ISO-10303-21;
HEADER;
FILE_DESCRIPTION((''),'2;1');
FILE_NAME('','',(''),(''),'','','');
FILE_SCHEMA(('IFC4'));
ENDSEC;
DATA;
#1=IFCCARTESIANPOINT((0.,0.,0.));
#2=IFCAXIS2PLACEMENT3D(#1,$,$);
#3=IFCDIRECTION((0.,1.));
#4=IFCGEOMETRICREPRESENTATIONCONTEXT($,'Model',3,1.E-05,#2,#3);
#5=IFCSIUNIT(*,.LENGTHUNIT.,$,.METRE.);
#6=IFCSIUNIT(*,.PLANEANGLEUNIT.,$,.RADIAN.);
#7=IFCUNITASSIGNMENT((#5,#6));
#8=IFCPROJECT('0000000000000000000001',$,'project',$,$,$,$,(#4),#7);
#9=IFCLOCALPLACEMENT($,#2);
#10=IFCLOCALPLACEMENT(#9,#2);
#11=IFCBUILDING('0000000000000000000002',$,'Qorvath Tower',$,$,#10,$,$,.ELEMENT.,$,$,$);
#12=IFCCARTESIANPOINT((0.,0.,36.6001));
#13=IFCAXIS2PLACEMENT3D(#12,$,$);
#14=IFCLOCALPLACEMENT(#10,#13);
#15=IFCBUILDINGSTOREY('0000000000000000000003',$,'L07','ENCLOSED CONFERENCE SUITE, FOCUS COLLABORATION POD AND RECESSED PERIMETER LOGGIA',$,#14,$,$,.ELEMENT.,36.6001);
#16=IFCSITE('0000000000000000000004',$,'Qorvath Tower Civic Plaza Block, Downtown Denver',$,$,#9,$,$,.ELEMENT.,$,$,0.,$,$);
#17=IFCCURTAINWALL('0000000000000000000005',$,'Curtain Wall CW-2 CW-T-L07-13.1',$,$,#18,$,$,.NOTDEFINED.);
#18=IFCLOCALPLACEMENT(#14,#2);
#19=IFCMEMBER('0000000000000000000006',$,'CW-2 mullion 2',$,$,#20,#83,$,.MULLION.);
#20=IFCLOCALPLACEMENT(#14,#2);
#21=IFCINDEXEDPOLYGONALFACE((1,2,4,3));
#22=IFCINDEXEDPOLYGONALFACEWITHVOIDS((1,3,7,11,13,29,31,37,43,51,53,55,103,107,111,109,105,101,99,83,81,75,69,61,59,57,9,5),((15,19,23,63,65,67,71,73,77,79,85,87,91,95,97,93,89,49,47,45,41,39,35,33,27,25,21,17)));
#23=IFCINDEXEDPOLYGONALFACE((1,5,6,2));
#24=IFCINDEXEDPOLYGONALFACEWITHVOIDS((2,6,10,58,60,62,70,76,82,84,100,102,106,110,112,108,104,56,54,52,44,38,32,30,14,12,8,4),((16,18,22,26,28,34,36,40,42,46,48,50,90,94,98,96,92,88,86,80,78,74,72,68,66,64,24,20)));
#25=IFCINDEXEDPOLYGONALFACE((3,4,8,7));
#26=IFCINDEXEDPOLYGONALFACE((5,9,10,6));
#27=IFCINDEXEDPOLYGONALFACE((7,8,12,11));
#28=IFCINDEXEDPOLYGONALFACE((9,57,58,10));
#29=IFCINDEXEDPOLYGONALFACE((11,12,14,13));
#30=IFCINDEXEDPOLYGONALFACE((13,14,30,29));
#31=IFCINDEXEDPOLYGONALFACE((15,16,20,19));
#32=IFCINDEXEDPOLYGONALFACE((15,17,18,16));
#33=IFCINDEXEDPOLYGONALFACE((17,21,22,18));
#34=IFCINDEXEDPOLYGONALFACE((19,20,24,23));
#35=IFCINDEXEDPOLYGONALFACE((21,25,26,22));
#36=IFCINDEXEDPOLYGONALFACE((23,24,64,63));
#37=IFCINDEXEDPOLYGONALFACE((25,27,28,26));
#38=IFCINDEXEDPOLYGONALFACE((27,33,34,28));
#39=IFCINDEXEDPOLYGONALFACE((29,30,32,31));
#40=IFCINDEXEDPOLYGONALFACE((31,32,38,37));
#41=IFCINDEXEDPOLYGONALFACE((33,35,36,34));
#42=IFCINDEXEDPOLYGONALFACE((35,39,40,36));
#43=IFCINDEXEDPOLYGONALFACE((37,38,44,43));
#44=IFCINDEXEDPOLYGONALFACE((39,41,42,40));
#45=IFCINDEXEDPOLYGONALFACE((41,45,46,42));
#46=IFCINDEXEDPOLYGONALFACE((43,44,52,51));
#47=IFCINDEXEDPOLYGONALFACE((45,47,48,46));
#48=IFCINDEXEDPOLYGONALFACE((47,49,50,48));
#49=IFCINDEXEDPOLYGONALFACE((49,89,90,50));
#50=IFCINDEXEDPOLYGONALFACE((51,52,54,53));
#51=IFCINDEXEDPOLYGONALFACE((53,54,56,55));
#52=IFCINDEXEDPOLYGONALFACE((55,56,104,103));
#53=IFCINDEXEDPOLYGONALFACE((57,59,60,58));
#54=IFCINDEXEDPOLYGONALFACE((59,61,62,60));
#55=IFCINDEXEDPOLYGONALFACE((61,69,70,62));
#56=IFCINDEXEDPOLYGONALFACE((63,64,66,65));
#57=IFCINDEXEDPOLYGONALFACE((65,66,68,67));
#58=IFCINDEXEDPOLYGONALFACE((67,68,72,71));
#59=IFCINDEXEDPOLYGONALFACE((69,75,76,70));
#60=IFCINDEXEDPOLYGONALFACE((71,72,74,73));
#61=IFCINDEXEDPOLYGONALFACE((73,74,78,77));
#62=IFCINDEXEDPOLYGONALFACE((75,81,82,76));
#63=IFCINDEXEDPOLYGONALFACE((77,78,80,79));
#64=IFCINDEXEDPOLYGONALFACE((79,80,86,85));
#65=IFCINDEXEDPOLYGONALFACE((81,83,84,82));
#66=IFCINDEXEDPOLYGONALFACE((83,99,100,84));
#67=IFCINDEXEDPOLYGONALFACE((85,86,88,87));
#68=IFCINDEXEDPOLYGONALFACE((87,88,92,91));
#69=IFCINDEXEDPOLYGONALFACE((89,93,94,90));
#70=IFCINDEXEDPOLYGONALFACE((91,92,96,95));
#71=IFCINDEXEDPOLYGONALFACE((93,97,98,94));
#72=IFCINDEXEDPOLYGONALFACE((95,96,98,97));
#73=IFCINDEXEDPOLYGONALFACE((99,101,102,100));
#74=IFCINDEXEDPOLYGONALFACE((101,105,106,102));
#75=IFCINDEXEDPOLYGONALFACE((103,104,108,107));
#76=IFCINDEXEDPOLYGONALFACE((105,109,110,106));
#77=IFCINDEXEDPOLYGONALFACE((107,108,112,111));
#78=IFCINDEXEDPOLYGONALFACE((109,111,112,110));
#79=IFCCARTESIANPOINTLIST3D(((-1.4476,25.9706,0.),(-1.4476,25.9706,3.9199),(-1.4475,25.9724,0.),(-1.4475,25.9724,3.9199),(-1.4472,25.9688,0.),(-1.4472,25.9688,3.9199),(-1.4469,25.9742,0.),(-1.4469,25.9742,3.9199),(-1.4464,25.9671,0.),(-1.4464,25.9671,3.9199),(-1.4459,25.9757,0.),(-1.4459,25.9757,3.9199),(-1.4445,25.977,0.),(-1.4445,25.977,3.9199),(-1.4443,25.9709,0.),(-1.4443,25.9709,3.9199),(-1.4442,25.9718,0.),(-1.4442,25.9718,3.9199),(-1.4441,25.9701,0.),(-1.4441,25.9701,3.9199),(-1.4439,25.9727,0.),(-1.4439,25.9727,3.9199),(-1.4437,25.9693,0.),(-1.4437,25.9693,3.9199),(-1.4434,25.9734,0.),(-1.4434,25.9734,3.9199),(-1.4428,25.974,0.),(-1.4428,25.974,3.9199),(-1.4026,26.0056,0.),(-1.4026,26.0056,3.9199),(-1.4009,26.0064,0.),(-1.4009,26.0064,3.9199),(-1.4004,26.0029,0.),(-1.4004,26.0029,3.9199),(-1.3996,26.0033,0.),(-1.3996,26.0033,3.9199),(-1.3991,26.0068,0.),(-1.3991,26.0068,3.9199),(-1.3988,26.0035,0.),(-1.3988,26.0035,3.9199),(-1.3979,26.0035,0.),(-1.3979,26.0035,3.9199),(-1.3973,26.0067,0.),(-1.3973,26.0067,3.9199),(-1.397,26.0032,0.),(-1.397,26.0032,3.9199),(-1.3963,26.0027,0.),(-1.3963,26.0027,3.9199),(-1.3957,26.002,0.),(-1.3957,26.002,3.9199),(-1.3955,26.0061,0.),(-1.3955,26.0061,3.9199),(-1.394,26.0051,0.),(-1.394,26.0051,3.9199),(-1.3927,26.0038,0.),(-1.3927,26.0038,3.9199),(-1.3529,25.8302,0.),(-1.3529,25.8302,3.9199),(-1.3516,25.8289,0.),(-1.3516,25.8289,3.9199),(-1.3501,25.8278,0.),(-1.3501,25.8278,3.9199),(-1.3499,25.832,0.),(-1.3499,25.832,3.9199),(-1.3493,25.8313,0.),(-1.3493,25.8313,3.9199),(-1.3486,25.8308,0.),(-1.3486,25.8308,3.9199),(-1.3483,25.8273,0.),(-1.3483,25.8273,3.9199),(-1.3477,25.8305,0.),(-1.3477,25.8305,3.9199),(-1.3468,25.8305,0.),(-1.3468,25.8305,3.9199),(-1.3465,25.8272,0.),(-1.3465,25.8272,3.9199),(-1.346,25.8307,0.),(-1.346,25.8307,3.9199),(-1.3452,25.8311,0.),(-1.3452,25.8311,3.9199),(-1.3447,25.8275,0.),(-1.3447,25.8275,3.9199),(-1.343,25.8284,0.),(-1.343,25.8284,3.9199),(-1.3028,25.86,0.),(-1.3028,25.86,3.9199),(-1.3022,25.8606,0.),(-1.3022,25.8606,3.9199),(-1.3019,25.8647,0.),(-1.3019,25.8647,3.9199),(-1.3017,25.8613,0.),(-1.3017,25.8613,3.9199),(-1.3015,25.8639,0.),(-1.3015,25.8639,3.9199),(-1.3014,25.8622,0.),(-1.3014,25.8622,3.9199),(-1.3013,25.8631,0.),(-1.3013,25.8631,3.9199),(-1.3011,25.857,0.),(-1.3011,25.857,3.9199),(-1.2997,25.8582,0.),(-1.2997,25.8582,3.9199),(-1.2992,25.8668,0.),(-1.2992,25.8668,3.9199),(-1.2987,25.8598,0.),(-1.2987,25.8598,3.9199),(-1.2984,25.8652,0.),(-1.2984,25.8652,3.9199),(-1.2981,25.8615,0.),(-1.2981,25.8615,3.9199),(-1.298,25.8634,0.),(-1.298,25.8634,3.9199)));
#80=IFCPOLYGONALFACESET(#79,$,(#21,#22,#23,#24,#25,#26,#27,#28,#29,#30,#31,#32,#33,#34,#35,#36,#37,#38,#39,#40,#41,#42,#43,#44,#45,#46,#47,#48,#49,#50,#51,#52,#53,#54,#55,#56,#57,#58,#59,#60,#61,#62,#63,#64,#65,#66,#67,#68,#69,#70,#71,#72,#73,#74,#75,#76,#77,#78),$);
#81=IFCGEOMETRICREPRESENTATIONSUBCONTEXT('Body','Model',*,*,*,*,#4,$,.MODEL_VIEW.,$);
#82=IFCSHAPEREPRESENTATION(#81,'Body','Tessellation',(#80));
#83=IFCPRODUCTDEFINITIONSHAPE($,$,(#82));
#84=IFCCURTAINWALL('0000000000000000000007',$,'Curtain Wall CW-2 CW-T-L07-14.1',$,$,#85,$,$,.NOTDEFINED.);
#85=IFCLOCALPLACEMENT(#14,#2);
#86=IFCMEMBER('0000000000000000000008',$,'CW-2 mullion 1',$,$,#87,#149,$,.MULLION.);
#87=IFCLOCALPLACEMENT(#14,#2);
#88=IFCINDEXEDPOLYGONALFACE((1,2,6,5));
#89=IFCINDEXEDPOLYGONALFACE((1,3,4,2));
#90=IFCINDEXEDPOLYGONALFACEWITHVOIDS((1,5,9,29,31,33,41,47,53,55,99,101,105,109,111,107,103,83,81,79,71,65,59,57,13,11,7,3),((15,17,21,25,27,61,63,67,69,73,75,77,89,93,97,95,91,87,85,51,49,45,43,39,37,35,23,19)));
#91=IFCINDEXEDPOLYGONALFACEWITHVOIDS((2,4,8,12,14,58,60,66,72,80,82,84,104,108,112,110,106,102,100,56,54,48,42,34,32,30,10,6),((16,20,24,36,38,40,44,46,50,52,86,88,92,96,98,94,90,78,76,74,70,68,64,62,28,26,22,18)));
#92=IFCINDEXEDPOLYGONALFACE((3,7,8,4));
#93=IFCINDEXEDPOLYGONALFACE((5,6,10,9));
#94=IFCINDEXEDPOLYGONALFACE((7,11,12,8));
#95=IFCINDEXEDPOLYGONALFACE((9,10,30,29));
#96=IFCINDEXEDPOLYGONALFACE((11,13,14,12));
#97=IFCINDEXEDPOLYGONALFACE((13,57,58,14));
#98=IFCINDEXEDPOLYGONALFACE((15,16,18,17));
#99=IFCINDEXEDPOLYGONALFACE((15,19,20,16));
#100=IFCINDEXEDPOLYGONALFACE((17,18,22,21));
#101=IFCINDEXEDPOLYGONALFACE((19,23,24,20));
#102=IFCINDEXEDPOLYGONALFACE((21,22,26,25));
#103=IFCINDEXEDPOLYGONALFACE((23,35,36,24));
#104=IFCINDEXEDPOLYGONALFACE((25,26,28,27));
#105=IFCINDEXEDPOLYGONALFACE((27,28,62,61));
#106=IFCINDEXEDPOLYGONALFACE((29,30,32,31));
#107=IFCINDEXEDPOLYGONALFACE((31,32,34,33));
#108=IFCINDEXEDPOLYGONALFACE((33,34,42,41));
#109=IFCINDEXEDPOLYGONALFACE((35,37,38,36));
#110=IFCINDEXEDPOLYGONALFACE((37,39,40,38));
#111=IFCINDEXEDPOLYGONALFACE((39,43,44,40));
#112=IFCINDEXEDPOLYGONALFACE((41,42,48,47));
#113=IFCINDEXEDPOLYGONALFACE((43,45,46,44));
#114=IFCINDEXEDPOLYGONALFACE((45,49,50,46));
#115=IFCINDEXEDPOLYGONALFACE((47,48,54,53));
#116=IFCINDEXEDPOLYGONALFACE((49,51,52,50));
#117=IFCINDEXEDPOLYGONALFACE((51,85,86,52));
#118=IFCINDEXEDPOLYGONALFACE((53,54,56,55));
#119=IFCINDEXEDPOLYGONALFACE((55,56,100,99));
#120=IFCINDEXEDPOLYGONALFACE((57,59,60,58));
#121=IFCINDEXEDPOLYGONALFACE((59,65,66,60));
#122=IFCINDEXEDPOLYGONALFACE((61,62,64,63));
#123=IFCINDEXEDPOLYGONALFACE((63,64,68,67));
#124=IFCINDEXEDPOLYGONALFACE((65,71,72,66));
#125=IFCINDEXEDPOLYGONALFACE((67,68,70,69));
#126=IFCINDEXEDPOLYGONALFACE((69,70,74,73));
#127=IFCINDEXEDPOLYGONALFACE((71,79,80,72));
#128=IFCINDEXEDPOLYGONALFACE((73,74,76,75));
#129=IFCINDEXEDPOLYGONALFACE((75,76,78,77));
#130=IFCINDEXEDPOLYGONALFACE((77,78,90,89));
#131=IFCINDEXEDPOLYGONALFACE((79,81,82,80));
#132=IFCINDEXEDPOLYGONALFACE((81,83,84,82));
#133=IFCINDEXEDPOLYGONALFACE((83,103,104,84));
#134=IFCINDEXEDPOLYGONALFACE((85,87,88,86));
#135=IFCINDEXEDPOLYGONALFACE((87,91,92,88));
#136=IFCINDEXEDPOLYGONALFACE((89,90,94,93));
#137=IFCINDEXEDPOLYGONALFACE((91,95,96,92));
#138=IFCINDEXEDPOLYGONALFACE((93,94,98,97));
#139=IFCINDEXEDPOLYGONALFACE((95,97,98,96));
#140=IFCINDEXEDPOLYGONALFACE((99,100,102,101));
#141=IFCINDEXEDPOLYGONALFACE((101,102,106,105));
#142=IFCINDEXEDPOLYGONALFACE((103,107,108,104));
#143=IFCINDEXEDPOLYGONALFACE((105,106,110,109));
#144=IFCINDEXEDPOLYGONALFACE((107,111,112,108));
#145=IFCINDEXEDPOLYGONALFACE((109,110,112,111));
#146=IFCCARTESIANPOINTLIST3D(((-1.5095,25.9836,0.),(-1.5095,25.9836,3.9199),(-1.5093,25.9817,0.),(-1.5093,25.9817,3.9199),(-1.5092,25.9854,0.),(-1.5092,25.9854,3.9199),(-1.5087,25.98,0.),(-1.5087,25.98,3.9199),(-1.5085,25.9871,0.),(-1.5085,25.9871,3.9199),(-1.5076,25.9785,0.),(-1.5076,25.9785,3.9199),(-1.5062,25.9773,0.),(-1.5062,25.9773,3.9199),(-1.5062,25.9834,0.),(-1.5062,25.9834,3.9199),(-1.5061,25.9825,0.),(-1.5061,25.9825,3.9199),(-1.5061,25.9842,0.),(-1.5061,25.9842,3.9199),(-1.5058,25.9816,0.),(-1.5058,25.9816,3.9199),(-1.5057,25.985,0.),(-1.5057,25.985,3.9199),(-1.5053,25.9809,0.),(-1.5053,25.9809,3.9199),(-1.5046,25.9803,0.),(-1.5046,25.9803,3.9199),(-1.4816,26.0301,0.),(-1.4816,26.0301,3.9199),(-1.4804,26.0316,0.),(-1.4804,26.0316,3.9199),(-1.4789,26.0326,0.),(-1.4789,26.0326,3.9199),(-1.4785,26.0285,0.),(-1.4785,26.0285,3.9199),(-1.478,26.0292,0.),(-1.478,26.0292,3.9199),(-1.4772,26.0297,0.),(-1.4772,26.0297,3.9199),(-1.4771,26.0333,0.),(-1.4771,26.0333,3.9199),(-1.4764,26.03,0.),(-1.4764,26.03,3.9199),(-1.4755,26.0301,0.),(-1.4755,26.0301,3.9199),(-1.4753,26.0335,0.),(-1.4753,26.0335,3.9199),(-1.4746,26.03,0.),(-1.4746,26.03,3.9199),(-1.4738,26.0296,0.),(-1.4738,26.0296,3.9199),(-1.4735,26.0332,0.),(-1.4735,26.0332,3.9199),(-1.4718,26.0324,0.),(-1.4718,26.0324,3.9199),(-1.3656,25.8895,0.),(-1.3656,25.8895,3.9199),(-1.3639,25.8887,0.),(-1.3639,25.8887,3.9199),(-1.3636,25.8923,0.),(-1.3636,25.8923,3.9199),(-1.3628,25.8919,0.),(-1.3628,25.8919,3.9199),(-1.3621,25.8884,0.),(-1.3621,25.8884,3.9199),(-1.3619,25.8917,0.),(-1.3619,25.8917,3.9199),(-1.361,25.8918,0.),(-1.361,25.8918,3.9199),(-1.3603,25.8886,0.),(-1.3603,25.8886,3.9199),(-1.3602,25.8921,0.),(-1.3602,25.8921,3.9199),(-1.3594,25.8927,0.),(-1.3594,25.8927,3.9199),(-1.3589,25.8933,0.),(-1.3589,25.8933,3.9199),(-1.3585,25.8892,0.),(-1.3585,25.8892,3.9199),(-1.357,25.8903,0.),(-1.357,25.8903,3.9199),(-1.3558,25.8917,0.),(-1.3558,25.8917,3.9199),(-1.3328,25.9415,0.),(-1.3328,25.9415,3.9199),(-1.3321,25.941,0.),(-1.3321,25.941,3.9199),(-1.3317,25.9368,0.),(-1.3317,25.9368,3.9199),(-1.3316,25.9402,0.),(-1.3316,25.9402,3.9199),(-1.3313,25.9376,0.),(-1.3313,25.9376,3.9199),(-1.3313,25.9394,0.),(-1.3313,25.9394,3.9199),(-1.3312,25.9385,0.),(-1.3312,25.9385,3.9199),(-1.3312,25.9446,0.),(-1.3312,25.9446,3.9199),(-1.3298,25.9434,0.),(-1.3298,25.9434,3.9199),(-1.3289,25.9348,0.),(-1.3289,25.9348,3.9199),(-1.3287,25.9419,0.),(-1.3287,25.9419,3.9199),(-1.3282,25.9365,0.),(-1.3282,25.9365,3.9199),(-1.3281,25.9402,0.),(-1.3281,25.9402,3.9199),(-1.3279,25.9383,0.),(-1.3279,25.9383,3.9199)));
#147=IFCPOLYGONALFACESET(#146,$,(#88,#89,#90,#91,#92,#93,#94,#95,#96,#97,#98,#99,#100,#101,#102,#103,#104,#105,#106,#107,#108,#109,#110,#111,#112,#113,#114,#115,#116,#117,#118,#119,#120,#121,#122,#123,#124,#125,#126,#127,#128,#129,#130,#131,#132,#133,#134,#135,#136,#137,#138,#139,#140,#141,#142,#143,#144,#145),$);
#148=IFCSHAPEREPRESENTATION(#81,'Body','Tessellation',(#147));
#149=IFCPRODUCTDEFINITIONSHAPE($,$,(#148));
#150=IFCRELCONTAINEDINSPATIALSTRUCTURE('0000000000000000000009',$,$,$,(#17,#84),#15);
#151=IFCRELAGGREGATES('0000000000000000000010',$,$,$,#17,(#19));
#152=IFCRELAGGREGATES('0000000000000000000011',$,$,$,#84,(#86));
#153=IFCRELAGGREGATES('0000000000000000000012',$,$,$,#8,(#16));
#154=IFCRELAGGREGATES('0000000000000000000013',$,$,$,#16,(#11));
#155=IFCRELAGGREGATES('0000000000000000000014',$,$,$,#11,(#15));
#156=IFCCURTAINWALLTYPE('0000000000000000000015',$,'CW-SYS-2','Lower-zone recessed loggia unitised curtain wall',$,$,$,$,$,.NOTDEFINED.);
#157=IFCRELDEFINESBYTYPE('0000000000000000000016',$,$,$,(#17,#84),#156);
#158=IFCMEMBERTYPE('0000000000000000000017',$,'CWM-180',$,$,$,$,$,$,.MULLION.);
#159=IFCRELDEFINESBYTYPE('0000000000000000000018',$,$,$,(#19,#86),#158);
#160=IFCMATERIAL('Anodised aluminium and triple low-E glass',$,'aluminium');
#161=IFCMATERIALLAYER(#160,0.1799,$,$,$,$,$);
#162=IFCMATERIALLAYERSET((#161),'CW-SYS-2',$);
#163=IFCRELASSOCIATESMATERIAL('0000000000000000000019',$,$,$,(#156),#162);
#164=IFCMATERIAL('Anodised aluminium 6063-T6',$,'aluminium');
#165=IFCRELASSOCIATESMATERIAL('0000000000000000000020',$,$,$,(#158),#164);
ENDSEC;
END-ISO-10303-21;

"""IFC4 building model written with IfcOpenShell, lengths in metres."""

from ifc_helpers import new_model, si_unit, direction, frame, origin, origin_2d, place, context, subcontext, project, spatial, hollow_rectangle, extrude, material, layer, layer_set, material_profile, profile_set, type_object, element, aggregate, save


model = new_model("IFC4")

# Units and contexts
model_context = context("Model", 3, precision=1e-05, world=origin(), true_north=direction((0.0, 1.0)))
body_context = subcontext(model_context, "Body", "Model", "MODEL_VIEW")
ifc_project = project(units=[si_unit("LENGTHUNIT", "METRE"), si_unit("PLANEANGLEUNIT", "RADIAN")], contexts=[model_context])

# Site, building, storey
site_placement = place(None, origin())
site = spatial("IfcSite", under=ifc_project, at=site_placement, Name="Qorvath Tower Civic Plaza Block, Downtown Denver", CompositionType="ELEMENT", RefElevation=0.0)
building_placement = place(site_placement, origin())
building = spatial("IfcBuilding", under=site, at=building_placement, Name="Qorvath Tower", CompositionType="ELEMENT")
storey_placement = place(building_placement, frame((0.0, 0.0, 36.6001)))
storey = spatial("IfcBuildingStorey", under=building, at=storey_placement, Name="L07", Description="ENCLOSED CONFERENCE SUITE, FOCUS COLLABORATION POD AND RECESSED PERIMETER LOGGIA", CompositionType="ELEMENT", Elevation=36.6001)

# Shared definitions
ifc_material_1 = material(Name="Anodised aluminium and triple low-E glass", Category="aluminium")
ifc_layer_1 = layer(ifc_material_1, 0.1799)
ifc_layer_set_1 = layer_set([ifc_layer_1], Name="CW-SYS-2")
curtain_wall_type = type_object("IfcCurtainWallType", Name="CW-SYS-2", Description="Lower-zone recessed loggia unitised curtain wall", PredefinedType="NOTDEFINED", material=ifc_layer_set_1)
ifc_material_2 = material(Name="Anodised aluminium 6063-T6", Category="aluminium")
ifc_material_profile_1 = material_profile(ifc_material_2, hollow_rectangle(XDim=0.0649, YDim=0.1799, WallThickness=0.0034, InnerFilletRadius=0.0034, OuterFilletRadius=0.0071, at=origin_2d()), Name="CWM 180x65")
ifc_profile_set_1 = profile_set([ifc_material_profile_1], Name="Anodised aluminium 6063-T6")
member_type_1 = type_object("IfcMemberType", Name="CWM-180", PredefinedType="MULLION", material=ifc_profile_set_1)

# Curtain walls, members
curtain_wall_1_placement = place(storey_placement, origin())
curtain_wall_1 = element("IfcCurtainWall", 1, at=curtain_wall_1_placement, inside=storey, type_object=curtain_wall_type, Name="Curtain Wall CW-2 CW-T-L07-13.1", PredefinedType="NOTDEFINED")
member_1_placement = place(storey_placement, frame((-1.3728, 25.917, 0.0), z_axis=(0.0, 0.0, 1.0), x_axis=(-0.825864, -0.563869, 0.0)))
member_1 = element("IfcMember", 2, at=member_1_placement, type_object=member_type_1, Name="CW-2 mullion 2", PredefinedType="MULLION", context=body_context, shape_type="SweptSolid", body=[
    extrude(hollow_rectangle(XDim=0.0649, YDim=0.1799, WallThickness=0.0034, InnerFilletRadius=0.0034, OuterFilletRadius=0.0071, at=origin_2d()), origin(), (0.0, 0.0, 1.0), 3.9199),
])
curtain_wall_2_placement = place(storey_placement, origin())
curtain_wall_2 = element("IfcCurtainWall", 3, at=curtain_wall_2_placement, inside=storey, type_object=curtain_wall_type, Name="Curtain Wall CW-2 CW-T-L07-14.1", PredefinedType="NOTDEFINED")
member_2_placement = place(storey_placement, frame((-1.4187, 25.9609, 0.0), z_axis=(0.0, 0.0, 1.0), x_axis=(-0.529769, -0.848142, 0.0)))
member_2 = element("IfcMember", 4, at=member_2_placement, type_object=member_type_1, Name="CW-2 mullion 1", PredefinedType="MULLION", context=body_context, shape_type="SweptSolid", body=[
    extrude(hollow_rectangle(XDim=0.0649, YDim=0.1799, WallThickness=0.0034, InnerFilletRadius=0.0034, OuterFilletRadius=0.0071, at=origin_2d()), origin(), (0.0, 0.0, 1.0), 3.9199),
])

aggregate(curtain_wall_1, [member_1])
aggregate(curtain_wall_2, [member_2])

save(model, "model.ifc")
